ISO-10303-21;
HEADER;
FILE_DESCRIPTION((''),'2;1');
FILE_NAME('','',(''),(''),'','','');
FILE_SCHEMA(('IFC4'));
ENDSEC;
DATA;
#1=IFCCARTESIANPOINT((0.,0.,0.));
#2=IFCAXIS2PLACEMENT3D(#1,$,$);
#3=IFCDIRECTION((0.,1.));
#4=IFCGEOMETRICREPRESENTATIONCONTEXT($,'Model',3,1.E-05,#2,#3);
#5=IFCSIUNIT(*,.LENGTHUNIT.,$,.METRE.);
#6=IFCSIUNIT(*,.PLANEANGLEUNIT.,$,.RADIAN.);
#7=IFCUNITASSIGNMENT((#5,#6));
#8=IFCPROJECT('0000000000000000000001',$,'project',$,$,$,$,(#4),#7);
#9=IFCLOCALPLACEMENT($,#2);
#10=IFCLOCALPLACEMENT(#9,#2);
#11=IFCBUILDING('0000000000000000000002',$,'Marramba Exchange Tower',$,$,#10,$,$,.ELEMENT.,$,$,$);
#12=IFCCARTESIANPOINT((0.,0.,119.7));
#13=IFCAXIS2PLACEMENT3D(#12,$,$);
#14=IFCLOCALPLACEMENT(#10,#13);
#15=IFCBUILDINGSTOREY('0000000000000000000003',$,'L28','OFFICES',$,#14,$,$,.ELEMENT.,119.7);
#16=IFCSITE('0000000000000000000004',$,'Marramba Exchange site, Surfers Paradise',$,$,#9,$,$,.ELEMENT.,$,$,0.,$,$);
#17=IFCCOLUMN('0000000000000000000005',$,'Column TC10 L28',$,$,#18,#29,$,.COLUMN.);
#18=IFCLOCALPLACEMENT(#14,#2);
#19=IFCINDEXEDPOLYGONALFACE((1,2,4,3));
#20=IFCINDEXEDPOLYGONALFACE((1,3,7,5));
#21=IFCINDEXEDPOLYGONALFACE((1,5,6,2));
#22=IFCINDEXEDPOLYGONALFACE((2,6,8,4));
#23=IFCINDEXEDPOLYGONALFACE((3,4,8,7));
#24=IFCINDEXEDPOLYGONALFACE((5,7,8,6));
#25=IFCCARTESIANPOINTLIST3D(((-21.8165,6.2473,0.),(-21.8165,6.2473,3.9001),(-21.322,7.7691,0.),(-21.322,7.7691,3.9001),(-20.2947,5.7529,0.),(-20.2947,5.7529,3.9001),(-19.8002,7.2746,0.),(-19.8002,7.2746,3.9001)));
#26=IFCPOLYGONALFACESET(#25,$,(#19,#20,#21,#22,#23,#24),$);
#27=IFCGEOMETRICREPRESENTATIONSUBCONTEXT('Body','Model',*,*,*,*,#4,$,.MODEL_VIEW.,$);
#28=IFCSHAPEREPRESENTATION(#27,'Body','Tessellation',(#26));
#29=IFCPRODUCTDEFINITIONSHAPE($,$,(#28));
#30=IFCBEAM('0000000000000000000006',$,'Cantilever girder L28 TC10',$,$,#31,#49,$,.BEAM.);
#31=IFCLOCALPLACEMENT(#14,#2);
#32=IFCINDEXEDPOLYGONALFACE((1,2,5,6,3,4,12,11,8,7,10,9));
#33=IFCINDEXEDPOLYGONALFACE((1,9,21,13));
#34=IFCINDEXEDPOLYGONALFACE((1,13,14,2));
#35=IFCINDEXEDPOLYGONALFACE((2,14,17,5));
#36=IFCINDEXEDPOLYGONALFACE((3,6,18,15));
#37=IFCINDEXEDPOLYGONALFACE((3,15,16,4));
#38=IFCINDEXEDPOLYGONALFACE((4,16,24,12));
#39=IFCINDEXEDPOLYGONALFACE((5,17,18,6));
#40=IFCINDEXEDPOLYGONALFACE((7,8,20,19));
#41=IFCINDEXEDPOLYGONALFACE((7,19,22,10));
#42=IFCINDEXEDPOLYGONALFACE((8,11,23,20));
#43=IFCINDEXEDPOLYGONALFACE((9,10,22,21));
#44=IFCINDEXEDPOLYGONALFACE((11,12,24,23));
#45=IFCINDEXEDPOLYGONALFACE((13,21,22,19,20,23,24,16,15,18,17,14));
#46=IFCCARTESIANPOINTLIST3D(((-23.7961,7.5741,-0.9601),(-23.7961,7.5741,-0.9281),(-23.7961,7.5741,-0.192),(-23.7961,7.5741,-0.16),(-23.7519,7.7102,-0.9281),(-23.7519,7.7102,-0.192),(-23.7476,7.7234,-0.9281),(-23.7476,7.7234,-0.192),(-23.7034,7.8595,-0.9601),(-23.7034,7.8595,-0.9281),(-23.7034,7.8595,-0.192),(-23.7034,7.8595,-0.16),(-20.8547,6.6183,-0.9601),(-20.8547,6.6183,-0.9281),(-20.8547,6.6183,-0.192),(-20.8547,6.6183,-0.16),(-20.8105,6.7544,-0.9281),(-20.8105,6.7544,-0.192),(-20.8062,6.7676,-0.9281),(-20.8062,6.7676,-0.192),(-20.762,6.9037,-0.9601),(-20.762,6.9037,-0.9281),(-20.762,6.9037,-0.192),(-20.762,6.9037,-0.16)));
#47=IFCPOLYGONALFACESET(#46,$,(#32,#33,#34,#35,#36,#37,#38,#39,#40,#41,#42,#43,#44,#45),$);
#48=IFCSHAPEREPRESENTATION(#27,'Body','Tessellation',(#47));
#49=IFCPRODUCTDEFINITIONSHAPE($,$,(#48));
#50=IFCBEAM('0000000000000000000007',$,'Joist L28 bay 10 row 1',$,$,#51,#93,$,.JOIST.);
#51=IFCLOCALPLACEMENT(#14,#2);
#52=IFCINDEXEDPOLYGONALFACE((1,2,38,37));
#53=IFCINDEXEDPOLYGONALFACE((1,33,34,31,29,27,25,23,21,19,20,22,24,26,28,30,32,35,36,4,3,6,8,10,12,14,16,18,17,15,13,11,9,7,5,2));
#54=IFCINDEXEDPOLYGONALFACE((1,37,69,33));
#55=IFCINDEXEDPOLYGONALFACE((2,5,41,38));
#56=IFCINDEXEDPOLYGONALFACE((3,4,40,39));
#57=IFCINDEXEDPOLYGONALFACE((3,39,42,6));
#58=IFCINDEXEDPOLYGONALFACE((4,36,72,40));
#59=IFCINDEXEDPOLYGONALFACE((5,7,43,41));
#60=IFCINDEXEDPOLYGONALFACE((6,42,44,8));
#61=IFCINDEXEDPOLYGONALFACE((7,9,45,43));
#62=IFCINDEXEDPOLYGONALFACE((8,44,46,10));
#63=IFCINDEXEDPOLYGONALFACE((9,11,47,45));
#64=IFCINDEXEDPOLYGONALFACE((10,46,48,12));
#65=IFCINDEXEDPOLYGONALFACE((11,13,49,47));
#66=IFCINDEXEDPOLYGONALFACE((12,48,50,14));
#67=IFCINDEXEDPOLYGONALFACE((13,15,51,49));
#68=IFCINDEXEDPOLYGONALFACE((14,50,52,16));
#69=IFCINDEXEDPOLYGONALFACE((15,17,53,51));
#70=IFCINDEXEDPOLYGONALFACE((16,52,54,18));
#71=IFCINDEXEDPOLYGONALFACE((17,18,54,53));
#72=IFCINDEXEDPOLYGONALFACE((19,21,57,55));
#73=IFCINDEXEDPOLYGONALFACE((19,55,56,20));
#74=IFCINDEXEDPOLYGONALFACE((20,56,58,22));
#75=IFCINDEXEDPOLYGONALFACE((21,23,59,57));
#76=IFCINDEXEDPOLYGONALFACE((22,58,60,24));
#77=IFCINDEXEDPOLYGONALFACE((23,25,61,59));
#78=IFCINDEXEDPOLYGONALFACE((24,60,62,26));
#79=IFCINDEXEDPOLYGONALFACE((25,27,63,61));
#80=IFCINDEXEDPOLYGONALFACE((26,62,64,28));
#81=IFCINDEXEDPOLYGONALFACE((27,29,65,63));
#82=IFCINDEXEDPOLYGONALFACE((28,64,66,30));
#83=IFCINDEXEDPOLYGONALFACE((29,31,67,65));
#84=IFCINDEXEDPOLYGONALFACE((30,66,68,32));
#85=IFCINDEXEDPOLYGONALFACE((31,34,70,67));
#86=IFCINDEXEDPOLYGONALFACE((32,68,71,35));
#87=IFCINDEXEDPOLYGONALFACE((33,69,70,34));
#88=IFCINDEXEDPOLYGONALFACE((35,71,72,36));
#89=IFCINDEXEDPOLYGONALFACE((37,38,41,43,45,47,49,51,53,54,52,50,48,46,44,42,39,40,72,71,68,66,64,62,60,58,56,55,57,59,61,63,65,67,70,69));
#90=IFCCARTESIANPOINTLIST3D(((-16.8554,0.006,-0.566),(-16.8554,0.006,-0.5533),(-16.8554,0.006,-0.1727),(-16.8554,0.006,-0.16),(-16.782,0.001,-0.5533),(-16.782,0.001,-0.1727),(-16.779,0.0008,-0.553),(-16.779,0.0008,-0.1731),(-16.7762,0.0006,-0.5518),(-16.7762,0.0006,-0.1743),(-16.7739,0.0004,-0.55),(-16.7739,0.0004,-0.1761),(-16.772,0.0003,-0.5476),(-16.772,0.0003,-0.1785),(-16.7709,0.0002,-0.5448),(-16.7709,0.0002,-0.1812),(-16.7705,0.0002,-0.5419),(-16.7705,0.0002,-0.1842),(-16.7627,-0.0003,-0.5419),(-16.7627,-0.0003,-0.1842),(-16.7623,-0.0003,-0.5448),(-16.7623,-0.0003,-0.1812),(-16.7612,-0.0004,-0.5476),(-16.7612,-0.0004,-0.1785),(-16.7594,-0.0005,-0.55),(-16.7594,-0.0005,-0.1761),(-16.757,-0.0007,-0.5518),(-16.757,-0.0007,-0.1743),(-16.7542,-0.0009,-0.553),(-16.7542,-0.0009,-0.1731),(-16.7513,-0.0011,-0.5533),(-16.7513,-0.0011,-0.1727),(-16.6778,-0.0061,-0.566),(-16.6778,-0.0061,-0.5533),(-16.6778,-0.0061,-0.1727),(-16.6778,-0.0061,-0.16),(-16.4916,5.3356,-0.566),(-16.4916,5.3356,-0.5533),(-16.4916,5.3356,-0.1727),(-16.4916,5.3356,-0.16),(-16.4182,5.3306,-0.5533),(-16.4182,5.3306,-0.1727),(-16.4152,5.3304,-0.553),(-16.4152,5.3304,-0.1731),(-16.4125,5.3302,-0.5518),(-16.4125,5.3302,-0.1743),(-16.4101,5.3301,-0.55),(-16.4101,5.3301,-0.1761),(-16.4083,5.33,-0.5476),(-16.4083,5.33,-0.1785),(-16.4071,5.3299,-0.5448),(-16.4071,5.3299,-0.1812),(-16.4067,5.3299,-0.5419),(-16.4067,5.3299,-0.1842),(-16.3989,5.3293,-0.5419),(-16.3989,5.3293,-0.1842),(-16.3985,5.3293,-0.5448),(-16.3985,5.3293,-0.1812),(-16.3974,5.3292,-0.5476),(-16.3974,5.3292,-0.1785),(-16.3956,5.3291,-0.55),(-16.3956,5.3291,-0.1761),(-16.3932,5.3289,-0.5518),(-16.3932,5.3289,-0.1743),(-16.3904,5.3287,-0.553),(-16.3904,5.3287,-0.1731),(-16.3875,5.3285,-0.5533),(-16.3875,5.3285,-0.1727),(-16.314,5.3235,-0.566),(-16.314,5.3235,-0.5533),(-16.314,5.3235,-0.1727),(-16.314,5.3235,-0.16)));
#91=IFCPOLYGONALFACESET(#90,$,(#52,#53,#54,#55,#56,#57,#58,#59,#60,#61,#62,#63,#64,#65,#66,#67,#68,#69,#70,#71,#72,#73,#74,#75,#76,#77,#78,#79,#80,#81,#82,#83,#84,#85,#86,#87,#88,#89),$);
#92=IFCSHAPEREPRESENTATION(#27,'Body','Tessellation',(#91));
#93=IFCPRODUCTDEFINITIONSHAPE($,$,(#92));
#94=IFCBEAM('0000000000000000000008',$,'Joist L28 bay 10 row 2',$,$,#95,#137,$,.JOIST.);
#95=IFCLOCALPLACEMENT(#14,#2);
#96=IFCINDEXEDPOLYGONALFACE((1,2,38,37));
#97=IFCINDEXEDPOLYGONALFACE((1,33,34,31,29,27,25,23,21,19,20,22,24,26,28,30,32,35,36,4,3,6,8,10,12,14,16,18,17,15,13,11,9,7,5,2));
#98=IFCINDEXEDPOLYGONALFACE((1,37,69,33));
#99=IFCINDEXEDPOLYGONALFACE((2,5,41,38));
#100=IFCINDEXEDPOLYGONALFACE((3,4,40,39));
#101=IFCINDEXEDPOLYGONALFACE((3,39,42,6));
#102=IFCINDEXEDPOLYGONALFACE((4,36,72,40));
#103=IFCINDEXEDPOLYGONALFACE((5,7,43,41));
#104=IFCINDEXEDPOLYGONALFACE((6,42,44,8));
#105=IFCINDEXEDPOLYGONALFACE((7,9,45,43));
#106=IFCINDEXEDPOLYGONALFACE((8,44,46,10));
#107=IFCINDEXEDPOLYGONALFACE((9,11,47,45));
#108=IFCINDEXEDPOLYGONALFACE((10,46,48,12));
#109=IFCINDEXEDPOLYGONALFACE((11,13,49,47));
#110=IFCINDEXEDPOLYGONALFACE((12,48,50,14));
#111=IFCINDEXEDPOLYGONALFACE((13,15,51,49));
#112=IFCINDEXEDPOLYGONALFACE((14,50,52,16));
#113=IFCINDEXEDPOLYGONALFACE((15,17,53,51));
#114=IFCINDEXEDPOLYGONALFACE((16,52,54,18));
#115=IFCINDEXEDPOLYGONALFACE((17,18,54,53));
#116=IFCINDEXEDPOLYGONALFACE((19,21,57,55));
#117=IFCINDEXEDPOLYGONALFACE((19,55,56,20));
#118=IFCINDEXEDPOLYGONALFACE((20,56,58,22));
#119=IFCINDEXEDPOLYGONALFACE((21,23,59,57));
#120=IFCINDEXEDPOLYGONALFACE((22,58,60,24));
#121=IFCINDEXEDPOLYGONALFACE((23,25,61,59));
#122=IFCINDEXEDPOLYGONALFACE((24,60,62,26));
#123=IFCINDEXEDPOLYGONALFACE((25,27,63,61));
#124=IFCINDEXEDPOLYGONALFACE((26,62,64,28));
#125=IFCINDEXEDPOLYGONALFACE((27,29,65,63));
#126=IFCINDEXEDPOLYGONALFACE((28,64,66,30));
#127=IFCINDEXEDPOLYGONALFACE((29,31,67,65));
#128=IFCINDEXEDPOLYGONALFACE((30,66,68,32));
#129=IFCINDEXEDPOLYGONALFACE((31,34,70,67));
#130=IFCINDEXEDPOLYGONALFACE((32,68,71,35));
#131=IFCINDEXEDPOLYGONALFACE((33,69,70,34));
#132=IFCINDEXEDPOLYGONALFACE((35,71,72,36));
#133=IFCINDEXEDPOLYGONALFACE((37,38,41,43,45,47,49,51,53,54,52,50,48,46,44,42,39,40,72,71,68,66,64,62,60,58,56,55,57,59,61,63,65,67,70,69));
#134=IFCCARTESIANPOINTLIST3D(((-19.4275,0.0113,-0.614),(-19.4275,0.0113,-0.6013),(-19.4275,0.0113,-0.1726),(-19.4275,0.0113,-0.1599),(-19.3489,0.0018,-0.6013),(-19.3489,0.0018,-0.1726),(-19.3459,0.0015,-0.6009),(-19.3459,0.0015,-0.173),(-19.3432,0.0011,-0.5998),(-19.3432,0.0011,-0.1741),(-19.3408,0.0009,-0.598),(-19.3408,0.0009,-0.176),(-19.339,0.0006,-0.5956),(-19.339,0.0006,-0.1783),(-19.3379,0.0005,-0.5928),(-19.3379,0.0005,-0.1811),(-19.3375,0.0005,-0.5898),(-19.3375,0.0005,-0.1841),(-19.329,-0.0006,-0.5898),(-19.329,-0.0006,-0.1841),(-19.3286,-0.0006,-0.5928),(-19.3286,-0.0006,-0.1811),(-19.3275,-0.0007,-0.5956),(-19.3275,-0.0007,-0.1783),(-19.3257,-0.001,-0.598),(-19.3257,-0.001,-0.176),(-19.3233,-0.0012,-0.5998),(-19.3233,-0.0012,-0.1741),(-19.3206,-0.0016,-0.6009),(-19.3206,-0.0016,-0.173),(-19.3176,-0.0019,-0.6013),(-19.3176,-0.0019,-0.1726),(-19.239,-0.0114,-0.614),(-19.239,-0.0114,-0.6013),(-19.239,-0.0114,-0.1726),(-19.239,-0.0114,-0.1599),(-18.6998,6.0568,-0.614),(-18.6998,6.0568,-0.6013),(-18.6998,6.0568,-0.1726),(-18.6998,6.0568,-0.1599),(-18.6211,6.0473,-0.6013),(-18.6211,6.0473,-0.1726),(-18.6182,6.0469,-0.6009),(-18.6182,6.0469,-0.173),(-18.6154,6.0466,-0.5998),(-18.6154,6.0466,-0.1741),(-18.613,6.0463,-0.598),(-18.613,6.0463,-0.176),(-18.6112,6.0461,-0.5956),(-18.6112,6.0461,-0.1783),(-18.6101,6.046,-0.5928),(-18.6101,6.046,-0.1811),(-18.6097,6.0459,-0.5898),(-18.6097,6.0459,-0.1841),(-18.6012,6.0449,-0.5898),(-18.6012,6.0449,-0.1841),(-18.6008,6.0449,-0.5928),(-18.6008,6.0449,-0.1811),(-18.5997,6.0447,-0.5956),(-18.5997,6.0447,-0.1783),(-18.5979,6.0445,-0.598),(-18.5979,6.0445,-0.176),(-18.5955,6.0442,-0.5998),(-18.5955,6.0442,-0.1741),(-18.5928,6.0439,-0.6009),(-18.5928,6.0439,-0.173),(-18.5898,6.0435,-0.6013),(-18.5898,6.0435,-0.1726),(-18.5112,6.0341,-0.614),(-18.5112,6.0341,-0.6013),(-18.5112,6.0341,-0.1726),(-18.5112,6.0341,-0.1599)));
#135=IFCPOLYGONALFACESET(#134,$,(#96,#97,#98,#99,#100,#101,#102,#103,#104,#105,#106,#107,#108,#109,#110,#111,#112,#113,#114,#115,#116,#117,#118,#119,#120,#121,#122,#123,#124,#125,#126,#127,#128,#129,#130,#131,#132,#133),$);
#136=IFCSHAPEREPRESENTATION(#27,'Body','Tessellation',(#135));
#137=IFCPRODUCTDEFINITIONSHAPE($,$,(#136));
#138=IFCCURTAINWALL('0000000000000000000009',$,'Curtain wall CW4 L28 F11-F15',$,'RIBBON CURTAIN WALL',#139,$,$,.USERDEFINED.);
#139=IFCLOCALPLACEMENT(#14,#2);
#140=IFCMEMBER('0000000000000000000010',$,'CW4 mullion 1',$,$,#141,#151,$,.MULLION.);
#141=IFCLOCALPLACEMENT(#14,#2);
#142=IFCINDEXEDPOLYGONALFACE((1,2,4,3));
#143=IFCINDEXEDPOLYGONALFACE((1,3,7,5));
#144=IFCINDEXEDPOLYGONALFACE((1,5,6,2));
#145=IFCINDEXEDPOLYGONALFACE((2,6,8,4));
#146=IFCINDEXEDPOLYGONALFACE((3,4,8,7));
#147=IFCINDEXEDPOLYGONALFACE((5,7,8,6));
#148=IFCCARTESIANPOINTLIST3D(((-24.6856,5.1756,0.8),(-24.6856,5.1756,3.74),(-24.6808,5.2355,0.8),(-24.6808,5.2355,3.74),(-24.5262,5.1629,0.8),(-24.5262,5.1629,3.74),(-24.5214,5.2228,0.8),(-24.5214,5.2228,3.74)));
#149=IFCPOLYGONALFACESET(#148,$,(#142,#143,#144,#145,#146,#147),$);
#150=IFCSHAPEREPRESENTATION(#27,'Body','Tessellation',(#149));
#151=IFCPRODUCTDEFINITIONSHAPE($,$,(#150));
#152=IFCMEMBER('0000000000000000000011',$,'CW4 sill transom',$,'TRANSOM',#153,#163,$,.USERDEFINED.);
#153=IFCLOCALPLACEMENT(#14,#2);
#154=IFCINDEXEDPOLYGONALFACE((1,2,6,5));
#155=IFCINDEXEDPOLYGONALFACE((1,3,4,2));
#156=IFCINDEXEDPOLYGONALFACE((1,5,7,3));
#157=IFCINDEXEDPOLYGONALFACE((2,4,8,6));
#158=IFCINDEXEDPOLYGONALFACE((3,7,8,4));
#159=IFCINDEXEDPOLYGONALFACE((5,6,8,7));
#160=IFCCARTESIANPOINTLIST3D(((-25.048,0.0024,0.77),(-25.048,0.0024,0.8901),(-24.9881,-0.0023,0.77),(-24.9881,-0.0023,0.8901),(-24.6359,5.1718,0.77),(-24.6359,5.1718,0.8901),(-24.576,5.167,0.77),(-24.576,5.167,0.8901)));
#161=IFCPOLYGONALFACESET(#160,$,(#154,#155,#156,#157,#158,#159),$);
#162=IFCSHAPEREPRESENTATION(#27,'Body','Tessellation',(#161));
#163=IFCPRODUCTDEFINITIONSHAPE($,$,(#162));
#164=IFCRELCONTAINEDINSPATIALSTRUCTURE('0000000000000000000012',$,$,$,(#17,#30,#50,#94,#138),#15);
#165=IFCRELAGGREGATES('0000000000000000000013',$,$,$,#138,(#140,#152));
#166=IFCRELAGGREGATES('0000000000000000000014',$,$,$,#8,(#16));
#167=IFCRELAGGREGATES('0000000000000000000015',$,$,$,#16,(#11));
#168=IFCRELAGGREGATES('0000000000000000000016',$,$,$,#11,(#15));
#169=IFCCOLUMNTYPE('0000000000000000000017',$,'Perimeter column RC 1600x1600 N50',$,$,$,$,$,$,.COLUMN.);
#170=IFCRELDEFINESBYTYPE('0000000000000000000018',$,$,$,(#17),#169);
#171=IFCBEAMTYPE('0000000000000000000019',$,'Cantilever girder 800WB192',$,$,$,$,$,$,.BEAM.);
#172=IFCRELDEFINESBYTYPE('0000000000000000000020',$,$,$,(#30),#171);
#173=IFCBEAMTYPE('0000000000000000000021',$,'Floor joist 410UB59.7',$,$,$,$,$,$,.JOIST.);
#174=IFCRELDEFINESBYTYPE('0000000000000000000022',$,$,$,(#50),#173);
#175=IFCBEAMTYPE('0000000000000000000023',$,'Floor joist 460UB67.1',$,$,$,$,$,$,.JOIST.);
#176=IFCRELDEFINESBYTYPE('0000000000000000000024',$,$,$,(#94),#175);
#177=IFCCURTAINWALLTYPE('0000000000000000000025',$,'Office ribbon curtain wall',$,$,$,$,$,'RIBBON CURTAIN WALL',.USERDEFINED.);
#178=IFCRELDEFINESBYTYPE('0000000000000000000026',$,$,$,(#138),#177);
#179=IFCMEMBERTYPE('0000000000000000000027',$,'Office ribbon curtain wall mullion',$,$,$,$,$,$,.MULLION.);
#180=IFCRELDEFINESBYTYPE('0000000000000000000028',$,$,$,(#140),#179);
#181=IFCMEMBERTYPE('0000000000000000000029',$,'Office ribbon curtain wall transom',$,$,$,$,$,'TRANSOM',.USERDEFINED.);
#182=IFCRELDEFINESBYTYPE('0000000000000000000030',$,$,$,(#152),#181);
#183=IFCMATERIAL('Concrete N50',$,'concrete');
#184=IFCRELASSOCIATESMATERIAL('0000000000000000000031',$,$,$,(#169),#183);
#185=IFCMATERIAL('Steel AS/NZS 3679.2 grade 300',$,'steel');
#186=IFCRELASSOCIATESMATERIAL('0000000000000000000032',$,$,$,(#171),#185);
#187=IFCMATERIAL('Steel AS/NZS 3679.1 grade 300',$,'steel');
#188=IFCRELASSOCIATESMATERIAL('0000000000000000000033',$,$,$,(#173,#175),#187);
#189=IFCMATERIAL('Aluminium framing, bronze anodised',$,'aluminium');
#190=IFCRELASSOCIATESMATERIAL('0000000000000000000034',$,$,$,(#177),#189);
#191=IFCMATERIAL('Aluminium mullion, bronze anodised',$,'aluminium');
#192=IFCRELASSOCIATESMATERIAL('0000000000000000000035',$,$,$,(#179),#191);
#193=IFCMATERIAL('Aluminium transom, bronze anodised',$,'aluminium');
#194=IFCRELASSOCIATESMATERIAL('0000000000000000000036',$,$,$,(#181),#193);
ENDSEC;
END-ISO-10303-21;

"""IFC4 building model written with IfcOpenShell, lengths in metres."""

from ifc_helpers import new_model, si_unit, direction, frame, origin, origin_2d, place, context, subcontext, project, spatial, rectangle, i_section, extrude, material, material_profile, profile_set, type_object, element, aggregate, save


model = new_model("IFC4")

# Units and contexts
model_context = context("Model", 3, precision=1e-05, world=origin(), true_north=direction((0.0, 1.0)))
body_context = subcontext(model_context, "Body", "Model", "MODEL_VIEW")
ifc_project = project(units=[si_unit("LENGTHUNIT", "METRE"), si_unit("PLANEANGLEUNIT", "RADIAN")], contexts=[model_context])

# Site, building, storey
site_placement = place(None, origin())
site = spatial("IfcSite", under=ifc_project, at=site_placement, Name="Marramba Exchange site, Surfers Paradise", CompositionType="ELEMENT", RefElevation=0.0)
building_placement = place(site_placement, origin())
building = spatial("IfcBuilding", under=site, at=building_placement, Name="Marramba Exchange Tower", CompositionType="ELEMENT")
storey_placement = place(building_placement, frame((0.0, 0.0, 119.7)))
storey = spatial("IfcBuildingStorey", under=building, at=storey_placement, Name="L28", Description="OFFICES", CompositionType="ELEMENT", Elevation=119.7)

# Column
ifc_material_1 = material(Name="Concrete N50", Category="concrete")
ifc_material_profile_1 = material_profile(ifc_material_1, rectangle(XDim=1.6001, YDim=1.6001, at=origin_2d()), Name="RC 1600x1600")
ifc_profile_set_1 = profile_set([ifc_material_profile_1], Name="Concrete N50")
column_type = type_object("IfcColumnType", Name="Perimeter column RC 1600x1600 N50", PredefinedType="COLUMN", material=ifc_profile_set_1)
column_placement = place(storey_placement, frame((-20.8083, 6.761, 0.0), z_axis=(0.0, 0.0, 1.0), x_axis=(-0.951057, 0.309017, 0.0)))
element("IfcColumn", 1, at=column_placement, inside=storey, type_object=column_type, Name="Column TC10 L28", PredefinedType="COLUMN", context=body_context, shape_type="SweptSolid", body=[
    extrude(rectangle(XDim=1.6001, YDim=1.6001, at=origin_2d()), origin(), (0.0, 0.0, 1.0), 3.9001),
])

# Beams
ifc_material_2 = material(Name="Steel AS/NZS 3679.2 grade 300", Category="steel")
ifc_material_profile_2 = material_profile(ifc_material_2, i_section(OverallWidth=0.3, OverallDepth=0.8, WebThickness=0.0139, FlangeThickness=0.032, at=origin_2d()), Name="800WB192")
ifc_profile_set_2 = profile_set([ifc_material_profile_2], Name="Steel AS/NZS 3679.2 grade 300")
beam_type_1 = type_object("IfcBeamType", Name="Cantilever girder 800WB192", PredefinedType="BEAM", material=ifc_profile_set_2)
beam_1_placement = place(storey_placement, frame((-20.8083, 6.761, -0.5601), z_axis=(-0.951048, 0.309043, 0.0), x_axis=(-0.309043, -0.951048, 0.0)))
element("IfcBeam", 2, at=beam_1_placement, inside=storey, type_object=beam_type_1, Name="Cantilever girder L28 TC10", PredefinedType="BEAM", context=body_context, shape_type="SweptSolid", body=[
    extrude(i_section(OverallWidth=0.3, OverallDepth=0.8, WebThickness=0.0139, FlangeThickness=0.032, at=origin_2d()), origin(), (0.0, 0.0, 1.0), 3.0928),
])
ifc_material_3 = material(Name="Steel AS/NZS 3679.1 grade 300", Category="steel")
ifc_material_profile_3 = material_profile(ifc_material_3, i_section(OverallWidth=0.178, OverallDepth=0.406, WebThickness=0.0078, FlangeThickness=0.0127, FilletRadius=0.0115, at=origin_2d()), Name="410UB59.7")
ifc_profile_set_3 = profile_set([ifc_material_profile_3], Name="Steel AS/NZS 3679.1 grade 300")
beam_type_2 = type_object("IfcBeamType", Name="Floor joist 410UB59.7", PredefinedType="JOIST", material=ifc_profile_set_3)
beam_2_placement = place(storey_placement, frame((-16.4028, 5.3296, -0.363), z_axis=(-0.068096, -0.997679, 0.0), x_axis=(0.997679, -0.068096, 0.0)))
element("IfcBeam", 3, at=beam_2_placement, inside=storey, type_object=beam_type_2, Name="Joist L28 bay 10 row 1", PredefinedType="JOIST", context=body_context, shape_type="SweptSolid", body=[
    extrude(i_section(OverallWidth=0.178, OverallDepth=0.406, WebThickness=0.0078, FlangeThickness=0.0127, FilletRadius=0.0115, at=origin_2d()), origin(), (0.0, 0.0, 1.0), 5.342),
])
ifc_material_profile_4 = material_profile(ifc_material_3, i_section(OverallWidth=0.1899, OverallDepth=0.4541, WebThickness=0.0085, FlangeThickness=0.0127, FilletRadius=0.0115, at=origin_2d()), Name="460UB67.1")
ifc_profile_set_4 = profile_set([ifc_material_profile_4], Name="Steel AS/NZS 3679.1 grade 300")
beam_type_3 = type_object("IfcBeamType", Name="Floor joist 460UB67.1", PredefinedType="JOIST", material=ifc_profile_set_4)
beam_3_placement = place(storey_placement, frame((-18.6055, 6.0454, -0.387), z_axis=(-0.119523, -0.992831, 0.0), x_axis=(0.992831, -0.119523, 0.0)))
element("IfcBeam", 4, at=beam_3_placement, inside=storey, type_object=beam_type_3, Name="Joist L28 bay 10 row 2", PredefinedType="JOIST", context=body_context, shape_type="SweptSolid", body=[
    extrude(i_section(OverallWidth=0.1899, OverallDepth=0.4541, WebThickness=0.0085, FlangeThickness=0.0127, FilletRadius=0.0115, at=origin_2d()), origin(), (0.0, 0.0, 1.0), 6.0891),
])

# Curtain wall, members
ifc_material_4 = material(Name="Aluminium framing, bronze anodised", Category="aluminium")
curtain_wall_type = type_object("IfcCurtainWallType", Name="Office ribbon curtain wall", ElementType="RIBBON CURTAIN WALL", PredefinedType="USERDEFINED", material=ifc_material_4)
curtain_wall_placement = place(storey_placement, origin())
curtain_wall = element("IfcCurtainWall", 5, at=curtain_wall_placement, inside=storey, type_object=curtain_wall_type, Name="Curtain wall CW4 L28 F11-F15", ObjectType="RIBBON CURTAIN WALL", PredefinedType="USERDEFINED")
ifc_material_5 = material(Name="Aluminium mullion, bronze anodised", Category="aluminium")
ifc_material_profile_5 = material_profile(ifc_material_5, rectangle(XDim=0.1599, YDim=0.0601, at=origin_2d()), Name="CW4 mullion 60x160")
ifc_profile_set_5 = profile_set([ifc_material_profile_5], Name="Aluminium mullion, bronze anodised")
member_type_1 = type_object("IfcMemberType", Name="Office ribbon curtain wall mullion", PredefinedType="MULLION", material=ifc_profile_set_5)
member_1_placement = place(storey_placement, frame((-24.6035, 5.1992, 0.8), z_axis=(0.0, 0.0, 1.0), x_axis=(0.996838, -0.07946, 0.0)))
member_1 = element("IfcMember", 6, at=member_1_placement, type_object=member_type_1, Name="CW4 mullion 1", PredefinedType="MULLION", context=body_context, shape_type="SweptSolid", body=[
    extrude(rectangle(XDim=0.1599, YDim=0.0601, at=origin_2d()), origin(), (0.0, 0.0, 1.0), 2.9399),
])
ifc_material_6 = material(Name="Aluminium transom, bronze anodised", Category="aluminium")
ifc_material_profile_6 = material_profile(ifc_material_6, rectangle(XDim=0.0601, YDim=0.1201, at=origin_2d()), Name="CW4 transom 60x120")
ifc_profile_set_6 = profile_set([ifc_material_profile_6], Name="Aluminium transom, bronze anodised")
member_type_2 = type_object("IfcMemberType", Name="Office ribbon curtain wall transom", ElementType="TRANSOM", PredefinedType="USERDEFINED", material=ifc_profile_set_6)
member_2_placement = place(storey_placement, frame((-24.606, 5.1694, 0.8301), z_axis=(-0.079468, -0.996837, 0.0), x_axis=(0.996837, -0.079468, 0.0)))
member_2 = element("IfcMember", 7, at=member_2_placement, type_object=member_type_2, Name="CW4 sill transom", ObjectType="TRANSOM", PredefinedType="USERDEFINED", context=body_context, shape_type="SweptSolid", body=[
    extrude(rectangle(XDim=0.0601, YDim=0.1201, at=origin_2d()), origin(), (0.0, 0.0, 1.0), 5.1858),
])

aggregate(curtain_wall, [member_1, member_2])

save(model, "model.ifc")
